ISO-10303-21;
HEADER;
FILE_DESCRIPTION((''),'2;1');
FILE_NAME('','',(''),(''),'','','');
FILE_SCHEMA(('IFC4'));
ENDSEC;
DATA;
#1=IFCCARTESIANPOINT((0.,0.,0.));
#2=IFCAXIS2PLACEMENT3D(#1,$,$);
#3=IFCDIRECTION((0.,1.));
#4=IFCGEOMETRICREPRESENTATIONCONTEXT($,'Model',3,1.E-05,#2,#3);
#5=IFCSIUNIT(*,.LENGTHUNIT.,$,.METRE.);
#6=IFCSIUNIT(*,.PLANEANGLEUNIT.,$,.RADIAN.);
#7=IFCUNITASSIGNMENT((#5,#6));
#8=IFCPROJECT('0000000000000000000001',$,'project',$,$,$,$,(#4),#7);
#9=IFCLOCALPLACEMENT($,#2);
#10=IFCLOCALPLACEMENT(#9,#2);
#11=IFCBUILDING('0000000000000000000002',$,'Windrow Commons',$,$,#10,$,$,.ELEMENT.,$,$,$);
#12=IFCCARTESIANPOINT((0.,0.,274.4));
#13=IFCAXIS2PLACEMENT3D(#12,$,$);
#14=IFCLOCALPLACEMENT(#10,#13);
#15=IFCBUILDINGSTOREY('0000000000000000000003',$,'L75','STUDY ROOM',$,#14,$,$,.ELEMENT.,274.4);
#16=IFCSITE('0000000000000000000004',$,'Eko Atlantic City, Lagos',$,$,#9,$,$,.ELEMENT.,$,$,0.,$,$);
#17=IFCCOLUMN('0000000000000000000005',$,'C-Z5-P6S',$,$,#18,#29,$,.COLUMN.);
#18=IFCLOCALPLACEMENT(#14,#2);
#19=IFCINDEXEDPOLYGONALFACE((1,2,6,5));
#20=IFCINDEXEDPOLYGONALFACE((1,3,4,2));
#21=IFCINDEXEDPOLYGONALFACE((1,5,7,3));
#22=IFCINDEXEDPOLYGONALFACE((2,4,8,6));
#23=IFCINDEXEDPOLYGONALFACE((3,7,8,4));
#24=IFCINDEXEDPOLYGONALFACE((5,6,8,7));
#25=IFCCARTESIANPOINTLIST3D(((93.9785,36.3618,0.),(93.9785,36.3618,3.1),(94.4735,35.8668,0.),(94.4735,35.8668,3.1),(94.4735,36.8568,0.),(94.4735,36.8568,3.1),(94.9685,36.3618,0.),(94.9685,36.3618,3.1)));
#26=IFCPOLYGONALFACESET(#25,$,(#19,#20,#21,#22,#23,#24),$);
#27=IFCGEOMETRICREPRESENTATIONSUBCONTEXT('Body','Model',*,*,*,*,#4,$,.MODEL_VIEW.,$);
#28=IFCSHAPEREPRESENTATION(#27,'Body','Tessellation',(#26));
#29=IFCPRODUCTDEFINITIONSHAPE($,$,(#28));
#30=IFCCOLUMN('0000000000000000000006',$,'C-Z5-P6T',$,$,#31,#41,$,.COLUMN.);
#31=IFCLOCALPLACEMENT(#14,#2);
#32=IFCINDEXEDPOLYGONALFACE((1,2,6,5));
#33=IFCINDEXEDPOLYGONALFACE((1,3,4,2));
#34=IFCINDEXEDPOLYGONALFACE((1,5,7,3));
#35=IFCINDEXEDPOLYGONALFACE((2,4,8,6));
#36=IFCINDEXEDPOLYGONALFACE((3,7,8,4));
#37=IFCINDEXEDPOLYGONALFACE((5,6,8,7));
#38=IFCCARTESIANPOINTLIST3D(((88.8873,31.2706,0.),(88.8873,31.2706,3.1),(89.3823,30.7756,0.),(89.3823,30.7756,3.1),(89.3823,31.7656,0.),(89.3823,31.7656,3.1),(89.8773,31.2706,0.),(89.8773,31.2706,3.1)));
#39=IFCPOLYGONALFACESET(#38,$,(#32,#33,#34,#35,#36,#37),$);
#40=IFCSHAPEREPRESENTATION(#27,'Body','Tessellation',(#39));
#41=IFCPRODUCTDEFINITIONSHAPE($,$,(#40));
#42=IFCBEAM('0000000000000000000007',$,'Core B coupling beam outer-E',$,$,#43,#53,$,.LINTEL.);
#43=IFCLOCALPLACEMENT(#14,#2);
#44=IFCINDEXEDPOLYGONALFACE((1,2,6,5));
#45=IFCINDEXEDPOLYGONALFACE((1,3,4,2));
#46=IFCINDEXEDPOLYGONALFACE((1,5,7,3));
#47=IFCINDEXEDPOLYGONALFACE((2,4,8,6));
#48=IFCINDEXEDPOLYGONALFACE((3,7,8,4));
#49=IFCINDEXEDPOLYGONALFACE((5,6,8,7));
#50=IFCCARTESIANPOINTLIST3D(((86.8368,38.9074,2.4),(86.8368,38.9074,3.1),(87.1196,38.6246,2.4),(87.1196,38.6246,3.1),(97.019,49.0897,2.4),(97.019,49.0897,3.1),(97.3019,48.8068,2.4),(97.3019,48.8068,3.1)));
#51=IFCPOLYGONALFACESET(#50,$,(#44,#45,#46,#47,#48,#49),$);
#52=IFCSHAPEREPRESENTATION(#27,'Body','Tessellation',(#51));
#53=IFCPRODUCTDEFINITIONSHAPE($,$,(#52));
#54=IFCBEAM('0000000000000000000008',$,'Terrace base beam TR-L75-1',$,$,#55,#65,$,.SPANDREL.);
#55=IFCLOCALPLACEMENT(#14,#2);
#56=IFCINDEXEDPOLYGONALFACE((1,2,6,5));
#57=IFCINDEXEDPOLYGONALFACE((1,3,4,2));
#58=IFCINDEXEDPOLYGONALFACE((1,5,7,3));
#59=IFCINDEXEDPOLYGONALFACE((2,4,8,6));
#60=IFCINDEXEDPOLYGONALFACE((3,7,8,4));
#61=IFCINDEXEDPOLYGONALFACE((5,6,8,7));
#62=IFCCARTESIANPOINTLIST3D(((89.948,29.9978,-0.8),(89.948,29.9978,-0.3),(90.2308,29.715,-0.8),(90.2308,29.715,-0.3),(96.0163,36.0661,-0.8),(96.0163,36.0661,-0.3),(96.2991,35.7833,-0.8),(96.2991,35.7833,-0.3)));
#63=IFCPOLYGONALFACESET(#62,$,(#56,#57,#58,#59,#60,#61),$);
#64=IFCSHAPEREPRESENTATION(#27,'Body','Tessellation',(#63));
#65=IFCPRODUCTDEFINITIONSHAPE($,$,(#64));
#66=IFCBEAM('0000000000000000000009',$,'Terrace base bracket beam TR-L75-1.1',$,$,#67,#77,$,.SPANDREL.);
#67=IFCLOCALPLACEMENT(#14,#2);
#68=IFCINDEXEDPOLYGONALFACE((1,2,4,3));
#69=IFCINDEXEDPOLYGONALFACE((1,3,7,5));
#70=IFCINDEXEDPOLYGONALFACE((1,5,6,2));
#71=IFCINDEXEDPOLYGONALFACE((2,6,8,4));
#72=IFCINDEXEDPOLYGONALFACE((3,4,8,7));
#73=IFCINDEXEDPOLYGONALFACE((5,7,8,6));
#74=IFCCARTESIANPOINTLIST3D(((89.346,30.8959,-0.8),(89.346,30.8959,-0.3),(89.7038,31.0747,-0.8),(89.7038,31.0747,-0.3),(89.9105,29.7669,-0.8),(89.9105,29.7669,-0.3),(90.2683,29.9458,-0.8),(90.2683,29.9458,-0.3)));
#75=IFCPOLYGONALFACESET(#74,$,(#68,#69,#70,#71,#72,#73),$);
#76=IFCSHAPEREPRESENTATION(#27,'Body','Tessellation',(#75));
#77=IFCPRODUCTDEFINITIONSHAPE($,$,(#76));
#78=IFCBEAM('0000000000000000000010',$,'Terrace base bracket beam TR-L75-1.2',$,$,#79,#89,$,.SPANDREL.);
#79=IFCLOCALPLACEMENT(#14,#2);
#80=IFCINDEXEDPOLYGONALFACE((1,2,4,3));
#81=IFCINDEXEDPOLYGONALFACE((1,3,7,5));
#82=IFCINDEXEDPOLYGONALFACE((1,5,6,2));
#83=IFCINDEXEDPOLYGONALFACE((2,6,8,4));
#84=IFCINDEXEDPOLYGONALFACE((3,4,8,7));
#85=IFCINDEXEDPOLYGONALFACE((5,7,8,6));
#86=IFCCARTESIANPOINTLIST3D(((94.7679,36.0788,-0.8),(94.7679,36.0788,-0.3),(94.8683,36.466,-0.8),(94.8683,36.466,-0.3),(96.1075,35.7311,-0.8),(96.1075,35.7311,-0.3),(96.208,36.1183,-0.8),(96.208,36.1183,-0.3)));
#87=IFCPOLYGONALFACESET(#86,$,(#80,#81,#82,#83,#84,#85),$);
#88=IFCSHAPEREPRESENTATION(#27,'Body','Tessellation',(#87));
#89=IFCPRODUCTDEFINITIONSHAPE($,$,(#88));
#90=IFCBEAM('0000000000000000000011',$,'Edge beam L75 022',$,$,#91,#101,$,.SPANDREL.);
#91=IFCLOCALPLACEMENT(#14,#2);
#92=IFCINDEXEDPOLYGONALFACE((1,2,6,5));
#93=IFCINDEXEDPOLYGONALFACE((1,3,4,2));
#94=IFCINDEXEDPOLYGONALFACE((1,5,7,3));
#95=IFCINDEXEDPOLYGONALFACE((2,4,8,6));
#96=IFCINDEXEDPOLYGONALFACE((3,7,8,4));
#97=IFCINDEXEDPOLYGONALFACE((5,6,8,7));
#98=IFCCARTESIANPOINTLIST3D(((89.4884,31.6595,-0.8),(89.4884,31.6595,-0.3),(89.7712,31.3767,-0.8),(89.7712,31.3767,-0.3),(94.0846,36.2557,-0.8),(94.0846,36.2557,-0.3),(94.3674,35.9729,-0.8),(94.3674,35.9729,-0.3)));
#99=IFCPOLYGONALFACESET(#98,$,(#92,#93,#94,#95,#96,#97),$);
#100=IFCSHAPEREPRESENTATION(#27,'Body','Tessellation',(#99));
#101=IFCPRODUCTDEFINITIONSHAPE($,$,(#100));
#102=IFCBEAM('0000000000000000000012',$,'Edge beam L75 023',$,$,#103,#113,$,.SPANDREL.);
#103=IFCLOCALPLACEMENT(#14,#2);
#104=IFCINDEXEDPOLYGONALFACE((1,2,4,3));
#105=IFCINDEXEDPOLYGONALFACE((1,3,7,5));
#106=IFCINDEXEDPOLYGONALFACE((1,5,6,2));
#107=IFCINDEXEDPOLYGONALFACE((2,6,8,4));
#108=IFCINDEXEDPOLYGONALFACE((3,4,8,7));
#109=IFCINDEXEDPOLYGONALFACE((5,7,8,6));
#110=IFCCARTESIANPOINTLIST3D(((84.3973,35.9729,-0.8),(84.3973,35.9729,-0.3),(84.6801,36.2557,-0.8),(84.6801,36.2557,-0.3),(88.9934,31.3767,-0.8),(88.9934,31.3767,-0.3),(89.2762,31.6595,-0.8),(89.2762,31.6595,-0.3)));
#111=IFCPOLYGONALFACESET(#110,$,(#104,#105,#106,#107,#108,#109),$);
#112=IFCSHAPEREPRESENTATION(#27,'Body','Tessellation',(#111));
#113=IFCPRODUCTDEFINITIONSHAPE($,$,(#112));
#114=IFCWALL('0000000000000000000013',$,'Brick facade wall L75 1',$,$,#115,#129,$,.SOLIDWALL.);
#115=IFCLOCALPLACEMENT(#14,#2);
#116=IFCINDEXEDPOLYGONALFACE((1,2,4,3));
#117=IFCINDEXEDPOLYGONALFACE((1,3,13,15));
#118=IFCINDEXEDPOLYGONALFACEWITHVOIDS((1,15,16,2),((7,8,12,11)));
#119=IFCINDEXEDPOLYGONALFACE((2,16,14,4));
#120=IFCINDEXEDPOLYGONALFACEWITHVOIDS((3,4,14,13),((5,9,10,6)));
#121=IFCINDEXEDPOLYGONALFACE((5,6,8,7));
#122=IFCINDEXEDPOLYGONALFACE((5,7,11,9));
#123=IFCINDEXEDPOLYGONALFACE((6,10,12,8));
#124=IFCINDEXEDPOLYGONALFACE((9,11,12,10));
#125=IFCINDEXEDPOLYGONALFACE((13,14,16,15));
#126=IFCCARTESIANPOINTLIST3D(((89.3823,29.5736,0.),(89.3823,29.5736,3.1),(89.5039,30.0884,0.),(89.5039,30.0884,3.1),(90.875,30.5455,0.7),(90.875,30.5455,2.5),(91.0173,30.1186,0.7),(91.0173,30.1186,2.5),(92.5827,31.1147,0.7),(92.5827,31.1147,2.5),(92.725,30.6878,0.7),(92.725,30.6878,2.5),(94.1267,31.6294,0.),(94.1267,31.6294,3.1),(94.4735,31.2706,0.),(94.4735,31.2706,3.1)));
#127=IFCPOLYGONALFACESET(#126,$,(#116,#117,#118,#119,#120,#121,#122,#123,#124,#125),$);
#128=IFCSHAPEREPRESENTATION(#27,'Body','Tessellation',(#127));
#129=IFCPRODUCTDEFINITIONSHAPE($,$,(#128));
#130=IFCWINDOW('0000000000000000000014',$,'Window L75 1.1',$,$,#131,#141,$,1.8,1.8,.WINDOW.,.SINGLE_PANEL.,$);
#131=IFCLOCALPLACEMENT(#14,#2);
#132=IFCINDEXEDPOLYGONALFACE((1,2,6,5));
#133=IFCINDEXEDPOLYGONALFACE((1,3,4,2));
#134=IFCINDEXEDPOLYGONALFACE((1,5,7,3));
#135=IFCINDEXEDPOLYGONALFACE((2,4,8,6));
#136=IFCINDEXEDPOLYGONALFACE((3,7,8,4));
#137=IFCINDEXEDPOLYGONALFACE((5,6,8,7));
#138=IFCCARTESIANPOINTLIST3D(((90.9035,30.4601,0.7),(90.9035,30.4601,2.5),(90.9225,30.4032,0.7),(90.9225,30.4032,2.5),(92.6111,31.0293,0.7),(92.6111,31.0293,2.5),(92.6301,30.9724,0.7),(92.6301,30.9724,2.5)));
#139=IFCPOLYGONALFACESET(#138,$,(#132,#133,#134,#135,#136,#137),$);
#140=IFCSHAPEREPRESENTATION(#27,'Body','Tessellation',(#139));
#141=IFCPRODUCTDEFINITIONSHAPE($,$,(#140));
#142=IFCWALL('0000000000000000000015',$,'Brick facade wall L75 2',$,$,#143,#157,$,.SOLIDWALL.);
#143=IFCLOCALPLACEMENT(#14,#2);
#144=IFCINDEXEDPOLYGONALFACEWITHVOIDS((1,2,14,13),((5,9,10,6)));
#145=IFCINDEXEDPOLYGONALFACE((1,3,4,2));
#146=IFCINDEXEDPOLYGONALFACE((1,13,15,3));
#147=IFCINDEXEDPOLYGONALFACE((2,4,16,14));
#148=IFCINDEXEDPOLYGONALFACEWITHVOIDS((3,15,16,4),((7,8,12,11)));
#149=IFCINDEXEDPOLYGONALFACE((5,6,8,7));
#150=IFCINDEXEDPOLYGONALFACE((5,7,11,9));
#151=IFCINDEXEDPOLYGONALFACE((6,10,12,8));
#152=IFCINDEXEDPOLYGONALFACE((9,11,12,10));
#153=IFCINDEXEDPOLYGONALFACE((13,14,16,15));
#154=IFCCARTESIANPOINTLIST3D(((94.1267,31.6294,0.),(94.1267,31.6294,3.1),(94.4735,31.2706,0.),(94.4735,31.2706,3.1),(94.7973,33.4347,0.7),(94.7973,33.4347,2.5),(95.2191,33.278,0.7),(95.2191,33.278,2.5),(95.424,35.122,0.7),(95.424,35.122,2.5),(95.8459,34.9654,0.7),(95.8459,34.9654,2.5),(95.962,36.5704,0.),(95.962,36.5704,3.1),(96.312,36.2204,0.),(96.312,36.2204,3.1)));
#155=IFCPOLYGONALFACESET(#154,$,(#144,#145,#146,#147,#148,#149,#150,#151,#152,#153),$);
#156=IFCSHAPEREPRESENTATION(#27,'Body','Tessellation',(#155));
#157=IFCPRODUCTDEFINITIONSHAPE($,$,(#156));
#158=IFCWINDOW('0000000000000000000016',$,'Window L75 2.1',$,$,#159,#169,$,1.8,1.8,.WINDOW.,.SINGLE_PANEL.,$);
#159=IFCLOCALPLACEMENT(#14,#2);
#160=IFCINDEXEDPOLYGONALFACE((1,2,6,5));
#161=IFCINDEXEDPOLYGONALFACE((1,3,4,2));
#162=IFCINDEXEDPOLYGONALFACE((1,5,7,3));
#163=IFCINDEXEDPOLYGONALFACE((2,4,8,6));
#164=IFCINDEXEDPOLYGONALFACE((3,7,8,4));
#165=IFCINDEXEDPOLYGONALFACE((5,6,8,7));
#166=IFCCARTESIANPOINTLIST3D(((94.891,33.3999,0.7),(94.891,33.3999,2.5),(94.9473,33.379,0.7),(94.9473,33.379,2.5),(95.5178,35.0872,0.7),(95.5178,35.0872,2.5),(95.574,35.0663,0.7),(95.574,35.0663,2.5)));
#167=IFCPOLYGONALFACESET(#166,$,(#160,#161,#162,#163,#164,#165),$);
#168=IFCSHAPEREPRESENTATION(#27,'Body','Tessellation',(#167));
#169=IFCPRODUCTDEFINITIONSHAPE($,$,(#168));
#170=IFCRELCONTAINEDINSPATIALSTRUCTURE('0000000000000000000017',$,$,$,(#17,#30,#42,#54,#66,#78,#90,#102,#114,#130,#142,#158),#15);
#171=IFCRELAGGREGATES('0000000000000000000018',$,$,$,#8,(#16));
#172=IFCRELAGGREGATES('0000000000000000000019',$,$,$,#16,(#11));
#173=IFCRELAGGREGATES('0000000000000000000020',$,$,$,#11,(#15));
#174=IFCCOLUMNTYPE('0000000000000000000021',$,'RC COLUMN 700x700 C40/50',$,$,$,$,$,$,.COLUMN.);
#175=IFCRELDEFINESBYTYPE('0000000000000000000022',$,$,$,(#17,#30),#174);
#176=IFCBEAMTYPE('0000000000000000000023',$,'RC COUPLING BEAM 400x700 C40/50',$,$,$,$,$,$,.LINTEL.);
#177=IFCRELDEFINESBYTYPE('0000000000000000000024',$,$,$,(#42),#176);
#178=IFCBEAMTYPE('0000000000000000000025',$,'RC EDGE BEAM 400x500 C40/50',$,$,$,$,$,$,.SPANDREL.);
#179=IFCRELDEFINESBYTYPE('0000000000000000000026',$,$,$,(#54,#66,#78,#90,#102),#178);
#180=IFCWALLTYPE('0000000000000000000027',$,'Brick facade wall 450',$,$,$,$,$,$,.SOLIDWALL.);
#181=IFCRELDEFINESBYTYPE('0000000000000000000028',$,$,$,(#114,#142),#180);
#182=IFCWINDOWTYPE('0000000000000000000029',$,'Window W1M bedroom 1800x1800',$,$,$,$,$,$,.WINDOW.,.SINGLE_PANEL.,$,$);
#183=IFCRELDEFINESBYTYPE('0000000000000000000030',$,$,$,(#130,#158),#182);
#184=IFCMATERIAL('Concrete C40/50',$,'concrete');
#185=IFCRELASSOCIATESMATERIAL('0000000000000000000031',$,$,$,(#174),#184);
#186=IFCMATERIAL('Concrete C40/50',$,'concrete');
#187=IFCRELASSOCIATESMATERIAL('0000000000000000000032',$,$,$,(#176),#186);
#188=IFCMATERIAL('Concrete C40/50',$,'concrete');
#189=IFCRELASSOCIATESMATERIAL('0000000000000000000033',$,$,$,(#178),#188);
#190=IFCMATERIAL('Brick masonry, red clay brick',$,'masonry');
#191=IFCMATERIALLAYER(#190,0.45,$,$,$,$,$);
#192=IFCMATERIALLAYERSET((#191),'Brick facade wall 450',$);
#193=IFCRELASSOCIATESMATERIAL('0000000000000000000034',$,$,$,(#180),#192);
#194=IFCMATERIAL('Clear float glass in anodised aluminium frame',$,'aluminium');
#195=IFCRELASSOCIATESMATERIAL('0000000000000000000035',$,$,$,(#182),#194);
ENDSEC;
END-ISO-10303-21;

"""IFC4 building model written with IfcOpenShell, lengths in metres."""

from ifc_helpers import new_model, si_unit, direction, frame, frame_2d, origin, origin_2d, place, context, subcontext, project, spatial, polyline, rectangle, outline, extrude, material, layer, layer_set, material_profile, profile_set, type_object, element, fill, save


model = new_model("IFC4")

# Units and contexts
model_context = context("Model", 3, precision=1e-05, world=origin(), true_north=direction((0.0, 1.0)))
body_context = subcontext(model_context, "Body", "Model", "MODEL_VIEW")
ifc_project = project(units=[si_unit("LENGTHUNIT", "METRE"), si_unit("PLANEANGLEUNIT", "RADIAN")], contexts=[model_context])

# Site, building, storey
site_placement = place(None, origin())
site = spatial("IfcSite", under=ifc_project, at=site_placement, Name="Eko Atlantic City, Lagos", CompositionType="ELEMENT", RefElevation=0.0)
building_placement = place(site_placement, origin())
building = spatial("IfcBuilding", under=site, at=building_placement, Name="Windrow Commons", CompositionType="ELEMENT")
storey_placement = place(building_placement, frame((0.0, 0.0, 274.4)))
storey = spatial("IfcBuildingStorey", under=building, at=storey_placement, Name="L75", Description="STUDY ROOM", CompositionType="ELEMENT", Elevation=274.4)

# Columns
ifc_material_1 = material(Name="Concrete C40/50", Category="concrete")
ifc_material_profile_1 = material_profile(ifc_material_1, rectangle(XDim=0.7, YDim=0.7, at=origin_2d()))
ifc_profile_set_1 = profile_set([ifc_material_profile_1], Name="Concrete C40/50")
column_type = type_object("IfcColumnType", Name="RC COLUMN 700x700 C40/50", PredefinedType="COLUMN", material=ifc_profile_set_1)
for number, where, z_axis, x_axis, name in (
    (1, (94.4735, 36.3618, 0.0), (0.0, 0.0, 1.0), (0.707107, -0.707107, 0.0), "C-Z5-P6S"),
    (2, (89.3823, 31.2706, 0.0), (0.0, 0.0, 1.0), (0.707107, -0.707107, 0.0), "C-Z5-P6T"),
):
    element("IfcColumn", number, at=place(storey_placement, frame(where, z_axis=z_axis, x_axis=x_axis)), inside=storey, type_object=column_type, Name=name, PredefinedType="COLUMN", context=body_context, shape_type="SweptSolid", body=[
        extrude(rectangle(XDim=0.7, YDim=0.7, at=origin_2d()), origin(), (0.0, 0.0, 1.0), 3.1),
    ])

# Beams
ifc_material_2 = material(Name="Concrete C40/50", Category="concrete")
ifc_material_profile_2 = material_profile(ifc_material_2, rectangle(XDim=0.4, YDim=0.7, at=origin_2d()))
ifc_profile_set_2 = profile_set([ifc_material_profile_2], Name="Concrete C40/50")
beam_type_1 = type_object("IfcBeamType", Name="RC COUPLING BEAM 400x700 C40/50", PredefinedType="LINTEL", material=ifc_profile_set_2)
beam_1_placement = place(storey_placement, frame((86.9782, 38.766, 2.75), z_axis=(0.707107, 0.707107, 0.0), x_axis=(-0.707107, 0.707107, 0.0)))
element("IfcBeam", 3, at=beam_1_placement, inside=storey, type_object=beam_type_1, Name="Core B coupling beam outer-E", PredefinedType="LINTEL", context=body_context, shape_type="SweptSolid", body=[
    extrude(rectangle(XDim=0.4, YDim=0.7, at=origin_2d()), origin(), (0.0, 0.0, 1.0), 14.3999),
])
ifc_material_3 = material(Name="Concrete C40/50", Category="concrete")
ifc_material_profile_3 = material_profile(ifc_material_3, rectangle(XDim=0.4, YDim=0.5, at=origin_2d()))
ifc_profile_set_3 = profile_set([ifc_material_profile_3], Name="Concrete C40/50")
beam_type_2 = type_object("IfcBeamType", Name="RC EDGE BEAM 400x500 C40/50", PredefinedType="SPANDREL", material=ifc_profile_set_3)
beam_2_placement = place(storey_placement, frame((90.0894, 29.8564, -0.55), z_axis=(0.707107, 0.707107, 0.0), x_axis=(-0.707107, 0.707107, 0.0)))
element("IfcBeam", 4, at=beam_2_placement, inside=storey, type_object=beam_type_2, Name="Terrace base beam TR-L75-1", PredefinedType="SPANDREL", context=body_context, shape_type="SweptSolid", body=[
    extrude(rectangle(XDim=0.4, YDim=0.5, at=origin_2d()), origin(), (0.0, 0.0, 1.0), 8.5819),
])
beam_3_placement = place(storey_placement, frame((89.5249, 30.9853, -0.55), z_axis=(0.447245, -0.894411, 0.0), x_axis=(0.894411, 0.447245, 0.0)))
element("IfcBeam", 5, at=beam_3_placement, inside=storey, type_object=beam_type_2, Name="Terrace base bracket beam TR-L75-1.1", PredefinedType="SPANDREL", context=body_context, shape_type="SweptSolid", body=[
    extrude(rectangle(XDim=0.4, YDim=0.5, at=origin_2d()), origin(), (0.0, 0.0, 1.0), 1.2622),
])
beam_4_placement = place(storey_placement, frame((94.8181, 36.2724, -0.55), z_axis=(0.967927, -0.25123, 0.0), x_axis=(0.25123, 0.967927, 0.0)))
element("IfcBeam", 6, at=beam_4_placement, inside=storey, type_object=beam_type_2, Name="Terrace base bracket beam TR-L75-1.2", PredefinedType="SPANDREL", context=body_context, shape_type="SweptSolid", body=[
    extrude(rectangle(XDim=0.4, YDim=0.5, at=origin_2d()), origin(), (0.0, 0.0, 1.0), 1.384),
])
beam_5_placement = place(storey_placement, frame((94.226, 36.1143, -0.55), z_axis=(-0.707107, -0.707107, 0.0), x_axis=(0.707107, -0.707107, 0.0)))
element("IfcBeam", 7, at=beam_5_placement, inside=storey, type_object=beam_type_2, Name="Edge beam L75 022", PredefinedType="SPANDREL", context=body_context, shape_type="SweptSolid", body=[
    extrude(rectangle(XDim=0.4, YDim=0.5, at=origin_2d()), origin(), (0.0, 0.0, 1.0), 6.5),
])
beam_6_placement = place(storey_placement, frame((89.1348, 31.5181, -0.55), z_axis=(-0.707099, 0.707114, 0.0), x_axis=(-0.707114, -0.707099, 0.0)))
element("IfcBeam", 8, at=beam_6_placement, inside=storey, type_object=beam_type_2, Name="Edge beam L75 023", PredefinedType="SPANDREL", context=body_context, shape_type="SweptSolid", body=[
    extrude(rectangle(XDim=0.4, YDim=0.5, at=origin_2d()), origin(), (0.0, 0.0, 1.0), 6.4999),
])

# Walls, openings, windows
ifc_material_4 = material(Name="Brick masonry, red clay brick", Category="masonry")
ifc_layer_1 = layer(ifc_material_4, 0.45)
ifc_layer_set_1 = layer_set([ifc_layer_1], Name="Brick facade wall 450")
wall_type_1 = type_object("IfcWallType", Name="Brick facade wall 450", PredefinedType="SOLIDWALL", material=ifc_layer_set_1)
wall_1_placement = place(storey_placement, frame((89.4431, 29.831, 0.0), z_axis=(0.0, 0.0, 1.0), x_axis=(0.948683, 0.316228, 0.0)))
wall_1 = element("IfcWall", 9, at=wall_1_placement, inside=storey, type_object=wall_type_1, Name="Brick facade wall L75 1", PredefinedType="SOLIDWALL", context=body_context, shape_type="SweptSolid", body=[
    extrude(outline(polyline([(-0.1391, -0.225), (5.2275, -0.225), (5.012, 0.225), (0.1391, 0.225), (-0.1391, -0.225)])), origin(), (0.0, 0.0, 1.0), 3.1),
])
opening_1_placement = place(wall_1_placement, frame((1.5844, 0.0, 0.7)))
opening_1 = element("IfcOpeningElement", 10, at=opening_1_placement, cuts=wall_1, PredefinedType="OPENING", context=body_context, shape_type="SweptSolid", body=[
    extrude(rectangle(XDim=1.8, YDim=1.8, at=frame_2d((0.9, 0.9))), frame((0.0, 0.235, 0.0), z_axis=(0.0, -1.0, 0.0), x_axis=(1.0, 0.0, 0.0)), (0.0, 0.0, 1.0), 0.47),
])
ifc_material_5 = material(Name="Clear float glass in anodised aluminium frame", Category="aluminium")
window_type_1 = type_object("IfcWindowType", Name="Window W1M bedroom 1800x1800", PartitioningType="SINGLE_PANEL", PredefinedType="WINDOW", material=ifc_material_5)
window_1_placement = place(opening_1_placement, origin())
window_1 = element("IfcWindow", 11, at=window_1_placement, inside=storey, type_object=window_type_1, Name="Window L75 1.1", OverallHeight=1.8, OverallWidth=1.8, PartitioningType="SINGLE_PANEL", PredefinedType="WINDOW", context=body_context, shape_type="SweptSolid", body=[
    extrude(rectangle(XDim=1.8, YDim=1.8, at=frame_2d((0.9, 0.9))), frame((0.0, 0.135, 0.0), z_axis=(0.0, -1.0, 0.0), x_axis=(1.0, 0.0, 0.0)), (0.0, 0.0, 1.0), 0.06),
])
fill(opening_1, window_1)
wall_2_placement = place(storey_placement, frame((94.3001, 31.45, 0.0), z_axis=(0.0, 0.0, 1.0), x_axis=(0.348193, 0.937423, 0.0)))
wall_2 = element("IfcWall", 12, at=wall_2_placement, inside=storey, type_object=wall_type_1, Name="Brick facade wall L75 2", PredefinedType="SOLIDWALL", context=body_context, shape_type="SweptSolid", body=[
    extrude(outline(polyline([(-0.1078, -0.225), (5.1724, -0.225), (5.3786, 0.225), (0.1078, 0.225), (-0.1078, -0.225)])), origin(), (0.0, 0.0, 1.0), 3.1),
])
opening_2_placement = place(wall_2_placement, frame((2.0336, 0.0, 0.7)))
opening_2 = element("IfcOpeningElement", 13, at=opening_2_placement, cuts=wall_2, PredefinedType="OPENING", context=body_context, shape_type="SweptSolid", body=[
    extrude(rectangle(XDim=1.8, YDim=1.8, at=frame_2d((0.9, 0.9))), frame((0.0, 0.235, 0.0), z_axis=(0.0, -1.0, 0.0), x_axis=(1.0, 0.0, 0.0)), (0.0, 0.0, 1.0), 0.47),
])
window_2_placement = place(opening_2_placement, origin())
window_2 = element("IfcWindow", 14, at=window_2_placement, inside=storey, type_object=window_type_1, Name="Window L75 2.1", OverallHeight=1.8, OverallWidth=1.8, PartitioningType="SINGLE_PANEL", PredefinedType="WINDOW", context=body_context, shape_type="SweptSolid", body=[
    extrude(rectangle(XDim=1.8, YDim=1.8, at=frame_2d((0.9, 0.9))), frame((0.0, 0.125, 0.0), z_axis=(0.0, -1.0, 0.0), x_axis=(1.0, 0.0, 0.0)), (0.0, 0.0, 1.0), 0.06),
])
fill(opening_2, window_2)

save(model, "model.ifc")
